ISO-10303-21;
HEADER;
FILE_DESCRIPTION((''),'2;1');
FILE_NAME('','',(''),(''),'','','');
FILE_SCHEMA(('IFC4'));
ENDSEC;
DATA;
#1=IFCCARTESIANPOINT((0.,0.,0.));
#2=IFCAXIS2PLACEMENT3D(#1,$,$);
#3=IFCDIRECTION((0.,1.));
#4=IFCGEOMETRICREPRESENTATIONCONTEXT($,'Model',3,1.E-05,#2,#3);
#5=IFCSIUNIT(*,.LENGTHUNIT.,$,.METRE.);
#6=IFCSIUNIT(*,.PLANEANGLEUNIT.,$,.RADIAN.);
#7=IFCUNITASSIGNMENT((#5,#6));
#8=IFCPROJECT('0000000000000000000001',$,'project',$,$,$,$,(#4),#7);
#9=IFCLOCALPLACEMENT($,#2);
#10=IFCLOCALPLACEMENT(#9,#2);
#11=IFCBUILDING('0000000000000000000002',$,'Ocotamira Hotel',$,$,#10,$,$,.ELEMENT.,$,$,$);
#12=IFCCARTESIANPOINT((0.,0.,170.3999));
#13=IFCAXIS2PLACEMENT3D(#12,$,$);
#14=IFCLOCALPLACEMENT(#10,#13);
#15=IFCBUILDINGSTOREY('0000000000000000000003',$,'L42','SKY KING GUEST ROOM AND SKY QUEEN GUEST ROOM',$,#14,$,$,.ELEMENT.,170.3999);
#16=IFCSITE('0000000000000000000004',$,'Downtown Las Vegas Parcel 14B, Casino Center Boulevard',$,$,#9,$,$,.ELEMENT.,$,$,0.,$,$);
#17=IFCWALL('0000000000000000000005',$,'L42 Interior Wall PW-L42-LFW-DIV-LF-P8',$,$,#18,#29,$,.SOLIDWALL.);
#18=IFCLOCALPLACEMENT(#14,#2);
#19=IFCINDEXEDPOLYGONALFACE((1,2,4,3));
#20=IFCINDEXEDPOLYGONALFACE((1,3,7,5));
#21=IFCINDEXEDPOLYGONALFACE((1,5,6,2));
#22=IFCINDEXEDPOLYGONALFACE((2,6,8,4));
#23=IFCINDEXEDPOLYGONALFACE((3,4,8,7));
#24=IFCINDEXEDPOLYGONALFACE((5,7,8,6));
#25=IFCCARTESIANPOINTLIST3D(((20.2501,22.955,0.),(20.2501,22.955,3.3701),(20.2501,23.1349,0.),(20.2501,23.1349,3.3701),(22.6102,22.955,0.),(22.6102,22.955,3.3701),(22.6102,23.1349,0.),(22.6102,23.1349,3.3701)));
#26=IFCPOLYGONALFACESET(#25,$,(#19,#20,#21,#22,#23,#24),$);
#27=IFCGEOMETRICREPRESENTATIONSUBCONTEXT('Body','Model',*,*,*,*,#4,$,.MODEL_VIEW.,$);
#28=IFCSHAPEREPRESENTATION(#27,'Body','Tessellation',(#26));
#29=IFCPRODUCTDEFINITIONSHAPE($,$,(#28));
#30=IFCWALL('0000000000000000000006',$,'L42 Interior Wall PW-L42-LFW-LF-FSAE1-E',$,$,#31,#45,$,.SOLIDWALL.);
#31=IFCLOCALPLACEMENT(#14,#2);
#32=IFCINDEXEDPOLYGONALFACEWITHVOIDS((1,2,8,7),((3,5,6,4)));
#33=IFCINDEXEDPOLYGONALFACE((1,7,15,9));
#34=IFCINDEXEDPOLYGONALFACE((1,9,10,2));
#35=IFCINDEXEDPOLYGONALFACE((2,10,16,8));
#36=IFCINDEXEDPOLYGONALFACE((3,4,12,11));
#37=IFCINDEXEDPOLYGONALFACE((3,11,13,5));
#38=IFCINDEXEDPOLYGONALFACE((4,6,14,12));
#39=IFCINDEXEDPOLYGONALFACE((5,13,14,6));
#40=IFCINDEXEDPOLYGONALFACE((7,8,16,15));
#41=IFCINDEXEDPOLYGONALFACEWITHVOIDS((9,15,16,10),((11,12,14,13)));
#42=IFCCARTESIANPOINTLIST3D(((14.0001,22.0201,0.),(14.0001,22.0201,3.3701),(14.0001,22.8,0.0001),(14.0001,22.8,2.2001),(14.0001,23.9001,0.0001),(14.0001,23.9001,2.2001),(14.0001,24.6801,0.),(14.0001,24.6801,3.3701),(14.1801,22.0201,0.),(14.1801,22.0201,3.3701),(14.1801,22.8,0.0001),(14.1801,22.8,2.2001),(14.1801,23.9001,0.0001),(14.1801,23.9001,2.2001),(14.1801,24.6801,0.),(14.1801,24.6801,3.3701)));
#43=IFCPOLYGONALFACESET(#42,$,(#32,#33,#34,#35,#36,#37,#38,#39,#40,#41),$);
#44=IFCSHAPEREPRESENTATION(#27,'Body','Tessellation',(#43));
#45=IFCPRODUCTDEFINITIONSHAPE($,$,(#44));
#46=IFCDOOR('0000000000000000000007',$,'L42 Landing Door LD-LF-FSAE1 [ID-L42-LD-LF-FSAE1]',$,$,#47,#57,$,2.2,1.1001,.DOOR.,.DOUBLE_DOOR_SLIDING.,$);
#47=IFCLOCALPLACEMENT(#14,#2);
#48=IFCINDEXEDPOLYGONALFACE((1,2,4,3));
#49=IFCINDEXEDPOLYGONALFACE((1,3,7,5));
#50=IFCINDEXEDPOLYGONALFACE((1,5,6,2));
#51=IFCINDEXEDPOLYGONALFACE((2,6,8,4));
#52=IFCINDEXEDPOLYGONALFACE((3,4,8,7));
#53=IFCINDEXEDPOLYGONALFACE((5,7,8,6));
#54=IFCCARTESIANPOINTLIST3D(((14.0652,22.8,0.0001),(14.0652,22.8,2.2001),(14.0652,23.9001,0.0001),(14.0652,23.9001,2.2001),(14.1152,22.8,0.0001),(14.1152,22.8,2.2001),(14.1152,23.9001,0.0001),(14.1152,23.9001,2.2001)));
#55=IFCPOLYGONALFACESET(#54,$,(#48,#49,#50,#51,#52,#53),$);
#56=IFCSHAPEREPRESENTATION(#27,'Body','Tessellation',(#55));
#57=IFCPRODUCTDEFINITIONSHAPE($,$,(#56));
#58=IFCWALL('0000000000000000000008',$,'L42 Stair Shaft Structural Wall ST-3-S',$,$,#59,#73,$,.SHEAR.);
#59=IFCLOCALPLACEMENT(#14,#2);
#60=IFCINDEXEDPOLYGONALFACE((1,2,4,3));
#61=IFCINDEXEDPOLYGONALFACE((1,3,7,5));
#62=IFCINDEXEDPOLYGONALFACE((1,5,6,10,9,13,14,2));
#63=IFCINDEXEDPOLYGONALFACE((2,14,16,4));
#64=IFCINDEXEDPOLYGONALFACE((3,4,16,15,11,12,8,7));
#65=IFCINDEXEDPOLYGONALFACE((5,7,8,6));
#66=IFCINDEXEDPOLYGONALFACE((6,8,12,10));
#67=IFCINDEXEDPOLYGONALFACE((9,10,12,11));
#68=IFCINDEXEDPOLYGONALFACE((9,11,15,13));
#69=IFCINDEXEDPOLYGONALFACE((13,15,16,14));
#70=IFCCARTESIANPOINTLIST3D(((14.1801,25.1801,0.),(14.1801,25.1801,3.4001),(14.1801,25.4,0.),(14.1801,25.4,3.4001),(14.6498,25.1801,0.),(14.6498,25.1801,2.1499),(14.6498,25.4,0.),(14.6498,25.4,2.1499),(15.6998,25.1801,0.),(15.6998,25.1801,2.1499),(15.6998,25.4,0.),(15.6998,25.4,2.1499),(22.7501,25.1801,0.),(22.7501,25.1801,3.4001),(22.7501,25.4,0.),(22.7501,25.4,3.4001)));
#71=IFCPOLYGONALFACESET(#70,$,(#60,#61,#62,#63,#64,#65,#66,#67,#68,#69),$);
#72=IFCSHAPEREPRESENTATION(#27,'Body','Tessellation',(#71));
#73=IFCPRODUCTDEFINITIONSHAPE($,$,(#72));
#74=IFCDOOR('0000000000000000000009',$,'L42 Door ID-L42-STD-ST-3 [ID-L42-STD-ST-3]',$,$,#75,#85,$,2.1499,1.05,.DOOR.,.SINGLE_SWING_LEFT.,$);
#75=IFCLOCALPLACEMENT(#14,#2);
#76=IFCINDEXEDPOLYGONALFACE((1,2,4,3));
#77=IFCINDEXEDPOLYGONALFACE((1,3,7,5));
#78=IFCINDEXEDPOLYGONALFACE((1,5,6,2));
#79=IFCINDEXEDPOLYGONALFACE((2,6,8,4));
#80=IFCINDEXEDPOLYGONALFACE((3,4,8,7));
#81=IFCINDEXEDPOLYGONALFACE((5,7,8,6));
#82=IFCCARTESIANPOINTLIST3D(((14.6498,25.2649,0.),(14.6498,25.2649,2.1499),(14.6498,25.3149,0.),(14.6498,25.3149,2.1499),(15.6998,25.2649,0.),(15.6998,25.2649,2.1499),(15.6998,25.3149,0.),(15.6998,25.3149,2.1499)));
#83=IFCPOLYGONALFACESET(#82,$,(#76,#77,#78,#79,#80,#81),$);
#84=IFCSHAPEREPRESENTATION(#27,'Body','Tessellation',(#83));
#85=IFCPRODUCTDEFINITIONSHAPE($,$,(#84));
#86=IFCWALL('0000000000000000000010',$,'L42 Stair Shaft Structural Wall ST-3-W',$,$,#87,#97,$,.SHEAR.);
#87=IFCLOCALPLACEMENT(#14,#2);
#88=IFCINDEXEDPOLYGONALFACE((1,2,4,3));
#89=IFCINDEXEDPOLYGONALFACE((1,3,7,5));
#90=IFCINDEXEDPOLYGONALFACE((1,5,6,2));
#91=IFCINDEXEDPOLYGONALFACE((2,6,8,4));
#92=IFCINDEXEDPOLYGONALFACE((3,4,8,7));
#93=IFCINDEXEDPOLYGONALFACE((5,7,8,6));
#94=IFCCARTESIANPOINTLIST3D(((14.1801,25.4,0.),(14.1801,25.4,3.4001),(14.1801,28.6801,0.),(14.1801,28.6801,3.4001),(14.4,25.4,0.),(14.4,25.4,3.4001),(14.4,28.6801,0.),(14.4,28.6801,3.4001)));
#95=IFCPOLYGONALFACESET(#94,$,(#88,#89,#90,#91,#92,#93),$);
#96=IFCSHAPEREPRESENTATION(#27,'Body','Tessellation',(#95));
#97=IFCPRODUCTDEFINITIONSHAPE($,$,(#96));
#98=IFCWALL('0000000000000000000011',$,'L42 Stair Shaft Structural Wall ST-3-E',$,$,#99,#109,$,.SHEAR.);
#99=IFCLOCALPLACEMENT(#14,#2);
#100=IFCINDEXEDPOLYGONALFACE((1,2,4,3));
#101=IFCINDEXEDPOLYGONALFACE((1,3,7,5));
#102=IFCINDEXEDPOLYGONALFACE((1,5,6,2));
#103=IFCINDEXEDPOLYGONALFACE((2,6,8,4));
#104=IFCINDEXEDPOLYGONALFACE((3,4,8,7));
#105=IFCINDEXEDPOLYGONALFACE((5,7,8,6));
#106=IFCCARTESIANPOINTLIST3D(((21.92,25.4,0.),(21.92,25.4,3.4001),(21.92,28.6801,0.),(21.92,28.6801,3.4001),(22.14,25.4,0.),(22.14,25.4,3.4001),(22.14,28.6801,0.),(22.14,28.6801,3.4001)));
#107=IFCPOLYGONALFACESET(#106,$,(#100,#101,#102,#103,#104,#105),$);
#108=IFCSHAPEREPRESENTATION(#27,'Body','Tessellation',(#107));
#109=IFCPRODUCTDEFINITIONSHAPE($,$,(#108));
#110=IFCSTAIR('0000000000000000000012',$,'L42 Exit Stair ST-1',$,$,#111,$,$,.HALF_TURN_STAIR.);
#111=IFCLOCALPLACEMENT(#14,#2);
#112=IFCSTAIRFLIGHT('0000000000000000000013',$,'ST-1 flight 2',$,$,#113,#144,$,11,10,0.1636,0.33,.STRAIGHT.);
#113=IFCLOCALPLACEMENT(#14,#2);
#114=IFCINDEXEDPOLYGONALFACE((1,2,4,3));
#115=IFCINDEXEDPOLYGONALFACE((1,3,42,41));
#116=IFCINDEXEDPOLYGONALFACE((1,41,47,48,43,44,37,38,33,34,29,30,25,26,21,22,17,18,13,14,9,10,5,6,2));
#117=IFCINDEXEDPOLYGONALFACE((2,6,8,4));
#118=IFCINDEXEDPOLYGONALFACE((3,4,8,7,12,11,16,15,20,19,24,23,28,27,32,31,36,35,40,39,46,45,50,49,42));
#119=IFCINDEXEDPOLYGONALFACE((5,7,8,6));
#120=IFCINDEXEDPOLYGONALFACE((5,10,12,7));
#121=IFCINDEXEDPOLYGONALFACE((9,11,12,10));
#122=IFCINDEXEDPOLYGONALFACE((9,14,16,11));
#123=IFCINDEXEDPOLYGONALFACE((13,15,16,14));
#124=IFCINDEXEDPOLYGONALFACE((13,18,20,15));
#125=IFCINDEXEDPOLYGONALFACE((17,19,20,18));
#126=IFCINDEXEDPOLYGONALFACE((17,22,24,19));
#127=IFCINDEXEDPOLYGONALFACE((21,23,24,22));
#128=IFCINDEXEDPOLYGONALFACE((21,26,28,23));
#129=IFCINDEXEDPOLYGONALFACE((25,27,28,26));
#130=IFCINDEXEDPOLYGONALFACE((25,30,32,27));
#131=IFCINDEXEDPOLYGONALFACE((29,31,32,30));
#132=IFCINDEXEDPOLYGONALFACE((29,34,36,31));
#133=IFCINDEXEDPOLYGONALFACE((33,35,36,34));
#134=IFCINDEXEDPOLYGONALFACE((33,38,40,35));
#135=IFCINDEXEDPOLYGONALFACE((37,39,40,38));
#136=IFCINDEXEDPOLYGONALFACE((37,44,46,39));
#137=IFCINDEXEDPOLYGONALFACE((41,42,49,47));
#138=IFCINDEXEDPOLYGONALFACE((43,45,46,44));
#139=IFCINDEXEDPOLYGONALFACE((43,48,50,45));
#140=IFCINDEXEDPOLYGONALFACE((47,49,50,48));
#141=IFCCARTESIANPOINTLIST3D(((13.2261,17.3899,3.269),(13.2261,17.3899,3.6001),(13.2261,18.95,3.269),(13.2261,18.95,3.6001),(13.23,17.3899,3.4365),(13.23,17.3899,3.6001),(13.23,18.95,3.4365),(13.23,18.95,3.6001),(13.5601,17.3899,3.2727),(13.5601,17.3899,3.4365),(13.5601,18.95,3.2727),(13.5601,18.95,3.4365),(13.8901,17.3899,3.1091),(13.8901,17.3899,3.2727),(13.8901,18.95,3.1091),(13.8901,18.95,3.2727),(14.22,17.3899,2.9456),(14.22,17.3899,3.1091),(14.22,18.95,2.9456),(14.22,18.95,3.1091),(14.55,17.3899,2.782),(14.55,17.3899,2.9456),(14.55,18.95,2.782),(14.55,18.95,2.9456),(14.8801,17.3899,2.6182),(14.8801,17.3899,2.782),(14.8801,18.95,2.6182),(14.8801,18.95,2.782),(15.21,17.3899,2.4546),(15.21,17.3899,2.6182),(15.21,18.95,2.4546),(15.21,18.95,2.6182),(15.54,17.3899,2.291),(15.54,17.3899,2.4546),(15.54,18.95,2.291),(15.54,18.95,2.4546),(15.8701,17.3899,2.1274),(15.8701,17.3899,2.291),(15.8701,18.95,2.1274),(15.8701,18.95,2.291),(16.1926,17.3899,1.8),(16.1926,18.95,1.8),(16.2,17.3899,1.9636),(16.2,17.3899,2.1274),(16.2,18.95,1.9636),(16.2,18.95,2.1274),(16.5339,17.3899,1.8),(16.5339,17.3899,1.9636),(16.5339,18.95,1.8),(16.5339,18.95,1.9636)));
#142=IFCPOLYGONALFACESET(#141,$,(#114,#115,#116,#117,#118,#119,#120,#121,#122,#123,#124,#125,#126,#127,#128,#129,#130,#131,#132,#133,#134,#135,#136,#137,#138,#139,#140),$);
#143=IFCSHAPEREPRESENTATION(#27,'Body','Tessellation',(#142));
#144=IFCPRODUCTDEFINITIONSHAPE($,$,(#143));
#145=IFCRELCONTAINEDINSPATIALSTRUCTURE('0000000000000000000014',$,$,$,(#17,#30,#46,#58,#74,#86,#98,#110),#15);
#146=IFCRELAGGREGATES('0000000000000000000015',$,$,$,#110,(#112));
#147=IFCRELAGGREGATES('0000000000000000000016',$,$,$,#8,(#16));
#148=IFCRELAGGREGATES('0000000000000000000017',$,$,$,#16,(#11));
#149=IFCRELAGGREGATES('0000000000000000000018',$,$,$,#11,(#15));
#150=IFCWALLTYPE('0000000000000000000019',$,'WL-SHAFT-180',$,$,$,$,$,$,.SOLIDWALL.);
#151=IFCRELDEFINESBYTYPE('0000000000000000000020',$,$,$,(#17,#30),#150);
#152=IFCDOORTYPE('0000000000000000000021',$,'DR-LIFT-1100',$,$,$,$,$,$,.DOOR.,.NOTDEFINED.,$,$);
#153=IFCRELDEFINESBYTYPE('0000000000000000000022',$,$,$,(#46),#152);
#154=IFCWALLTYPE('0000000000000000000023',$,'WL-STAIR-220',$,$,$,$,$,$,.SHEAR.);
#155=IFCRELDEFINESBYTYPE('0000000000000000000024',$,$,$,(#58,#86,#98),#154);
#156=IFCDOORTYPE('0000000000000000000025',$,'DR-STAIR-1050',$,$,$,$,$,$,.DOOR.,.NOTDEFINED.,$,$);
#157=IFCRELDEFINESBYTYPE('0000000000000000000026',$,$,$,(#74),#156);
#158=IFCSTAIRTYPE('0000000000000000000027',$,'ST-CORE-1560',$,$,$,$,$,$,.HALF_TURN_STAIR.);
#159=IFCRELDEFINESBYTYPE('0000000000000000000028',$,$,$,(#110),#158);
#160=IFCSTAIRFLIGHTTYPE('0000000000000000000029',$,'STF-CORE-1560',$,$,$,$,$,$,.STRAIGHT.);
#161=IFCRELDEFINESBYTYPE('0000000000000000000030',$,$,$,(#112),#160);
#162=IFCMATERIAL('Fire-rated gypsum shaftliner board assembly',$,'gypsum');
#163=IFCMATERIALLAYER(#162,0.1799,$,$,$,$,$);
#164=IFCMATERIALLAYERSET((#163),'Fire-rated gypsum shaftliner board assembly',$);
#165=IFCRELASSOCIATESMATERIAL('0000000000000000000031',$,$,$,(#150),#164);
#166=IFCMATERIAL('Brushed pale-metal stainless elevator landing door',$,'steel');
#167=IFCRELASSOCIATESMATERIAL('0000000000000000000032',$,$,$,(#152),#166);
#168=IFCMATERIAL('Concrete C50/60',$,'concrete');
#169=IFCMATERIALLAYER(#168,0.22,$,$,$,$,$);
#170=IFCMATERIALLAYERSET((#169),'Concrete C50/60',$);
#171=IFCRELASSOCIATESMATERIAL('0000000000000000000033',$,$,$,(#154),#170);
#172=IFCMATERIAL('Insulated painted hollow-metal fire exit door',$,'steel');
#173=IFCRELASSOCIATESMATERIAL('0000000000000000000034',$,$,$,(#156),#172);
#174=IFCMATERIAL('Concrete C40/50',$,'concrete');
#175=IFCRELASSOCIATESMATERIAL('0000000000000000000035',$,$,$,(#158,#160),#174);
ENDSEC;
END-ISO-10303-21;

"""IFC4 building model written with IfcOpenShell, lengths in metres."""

from ifc_helpers import new_model, si_unit, direction, frame, frame_2d, origin, place, context, subcontext, project, spatial, polyline, rectangle, outline, extrude, source, transform, mapped, material, layer, layer_set, type_object, element, fill, aggregate, save


model = new_model("IFC4")

# Units and contexts
model_context = context("Model", 3, precision=1e-05, world=origin(), true_north=direction((0.0, 1.0)))
body_context = subcontext(model_context, "Body", "Model", "MODEL_VIEW")
ifc_project = project(units=[si_unit("LENGTHUNIT", "METRE"), si_unit("PLANEANGLEUNIT", "RADIAN")], contexts=[model_context])

# Site, building, storey
site_placement = place(None, origin())
site = spatial("IfcSite", under=ifc_project, at=site_placement, Name="Downtown Las Vegas Parcel 14B, Casino Center Boulevard", CompositionType="ELEMENT", RefElevation=0.0)
building_placement = place(site_placement, origin())
building = spatial("IfcBuilding", under=site, at=building_placement, Name="Ocotamira Hotel", CompositionType="ELEMENT")
storey_placement = place(building_placement, frame((0.0, 0.0, 170.3999)))
storey = spatial("IfcBuildingStorey", under=building, at=storey_placement, Name="L42", Description="SKY KING GUEST ROOM AND SKY QUEEN GUEST ROOM", CompositionType="ELEMENT", Elevation=170.3999)

# Shared definitions
ifc_material_1 = material(Name="Fire-rated gypsum shaftliner board assembly", Category="gypsum")
ifc_layer_1 = layer(ifc_material_1, 0.1799)
ifc_layer_set_1 = layer_set([ifc_layer_1], Name="Fire-rated gypsum shaftliner board assembly")
wall_type_1 = type_object("IfcWallType", Name="WL-SHAFT-180", PredefinedType="SOLIDWALL", material=ifc_layer_set_1)
ifc_material_2 = material(Name="Brushed pale-metal stainless elevator landing door", Category="steel")
door_type_1 = type_object("IfcDoorType", Name="DR-LIFT-1100", OperationType="NOTDEFINED", PredefinedType="DOOR", material=ifc_material_2)
shared_shape_1 = source(origin(), body_context, "Body", "SweptSolid", [
    extrude(rectangle(XDim=1.1001, YDim=2.2, at=frame_2d((0.55, 1.1001))), frame((0.0, 0.0249, 0.0), z_axis=(0.0, -1.0, 0.0), x_axis=(1.0, 0.0, 0.0)), (0.0, 0.0, 1.0), 0.05),
])

# Wall
wall_1_placement = place(storey_placement, frame((20.25, 23.0449, 0.0), z_axis=(0.0, 0.0, 1.0), x_axis=(1.0, 0.0, 0.0)))
element("IfcWall", 1, at=wall_1_placement, inside=storey, type_object=wall_type_1, Name="L42 Interior Wall PW-L42-LFW-DIV-LF-P8", PredefinedType="SOLIDWALL", context=body_context, shape_type="SweptSolid", body=[
    extrude(rectangle(XDim=2.3601, YDim=0.1799, at=frame_2d((1.1802, 0.0))), origin(), (0.0, 0.0, 1.0), 3.3701),
])

# Walls, openings, doors
wall_2_placement = place(storey_placement, frame((14.0901, 22.02, 0.0), z_axis=(0.0, 0.0, 1.0), x_axis=(0.0, 1.0, 0.0)))
wall_2 = element("IfcWall", 2, at=wall_2_placement, inside=storey, type_object=wall_type_1, Name="L42 Interior Wall PW-L42-LFW-LF-FSAE1-E", PredefinedType="SOLIDWALL", context=body_context, shape_type="SweptSolid", body=[
    extrude(rectangle(XDim=2.6599, YDim=0.1799, at=frame_2d((1.3301, 0.0))), origin(), (0.0, 0.0, 1.0), 3.3701),
])
opening_1_placement = place(wall_2_placement, frame((0.78, 0.0, 0.0)))
opening_1 = element("IfcOpeningElement", 3, at=opening_1_placement, cuts=wall_2, PredefinedType="OPENING", context=body_context, shape_type="SweptSolid", body=[
    extrude(rectangle(XDim=1.1001, YDim=2.2, at=frame_2d((0.55, 1.1001))), frame((0.0, 0.1001, 0.0), z_axis=(0.0, -1.0, 0.0), x_axis=(1.0, 0.0, 0.0)), (0.0, 0.0, 1.0), 0.2),
])
door_1_placement = place(opening_1_placement, origin())
door_1 = element("IfcDoor", 4, at=door_1_placement, inside=storey, type_object=door_type_1, Name="L42 Landing Door LD-LF-FSAE1 [ID-L42-LD-LF-FSAE1]", OperationType="DOUBLE_DOOR_SLIDING", OverallHeight=2.2, OverallWidth=1.1001, PredefinedType="DOOR", context=body_context, shape_type="MappedRepresentation", body=[
    mapped(shared_shape_1, transform((0.0, 0.0, 0.0), scale=1.0)),
])
fill(opening_1, door_1)
ifc_material_3 = material(Name="Concrete C50/60", Category="concrete")
ifc_layer_2 = layer(ifc_material_3, 0.22)
ifc_layer_set_2 = layer_set([ifc_layer_2], Name="Concrete C50/60")
wall_type_2 = type_object("IfcWallType", Name="WL-STAIR-220", PredefinedType="SHEAR", material=ifc_layer_set_2)
wall_3_placement = place(storey_placement, frame((14.1799, 25.29, 0.0), z_axis=(0.0, 0.0, 1.0), x_axis=(1.0, 0.0, 0.0)))
wall_3 = element("IfcWall", 5, at=wall_3_placement, inside=storey, type_object=wall_type_2, Name="L42 Stair Shaft Structural Wall ST-3-S", PredefinedType="SHEAR", context=body_context, shape_type="SweptSolid", body=[
    extrude(rectangle(XDim=8.5701, YDim=0.22, at=frame_2d((4.2852, 0.0))), origin(), (0.0, 0.0, 1.0), 3.4001),
])
opening_2_placement = place(wall_3_placement, frame((0.47, 0.0, 0.0)))
opening_2 = element("IfcOpeningElement", 6, at=opening_2_placement, cuts=wall_3, PredefinedType="OPENING", context=body_context, shape_type="SweptSolid", body=[
    extrude(rectangle(XDim=1.05, YDim=2.1499, at=frame_2d((0.5249, 1.075))), frame((0.0, 0.1201, 0.0), z_axis=(0.0, -1.0, 0.0), x_axis=(1.0, 0.0, 0.0)), (0.0, 0.0, 1.0), 0.24),
])
ifc_material_4 = material(Name="Insulated painted hollow-metal fire exit door", Category="steel")
door_type_2 = type_object("IfcDoorType", Name="DR-STAIR-1050", OperationType="NOTDEFINED", PredefinedType="DOOR", material=ifc_material_4)
shared_shape_2 = source(origin(), body_context, "Body", "SweptSolid", [
    extrude(rectangle(XDim=1.05, YDim=2.1499, at=frame_2d((0.5249, 1.075))), frame((0.0, 0.0249, 0.0), z_axis=(0.0, -1.0, 0.0), x_axis=(1.0, 0.0, 0.0)), (0.0, 0.0, 1.0), 0.05),
])
door_2_placement = place(opening_2_placement, origin())
door_2 = element("IfcDoor", 7, at=door_2_placement, inside=storey, type_object=door_type_2, Name="L42 Door ID-L42-STD-ST-3 [ID-L42-STD-ST-3]", OperationType="SINGLE_SWING_LEFT", OverallHeight=2.1499, OverallWidth=1.05, PredefinedType="DOOR", context=body_context, shape_type="MappedRepresentation", body=[
    mapped(shared_shape_2, transform((0.0, 0.0, 0.0), scale=1.0)),
])
fill(opening_2, door_2)

# Walls
for number, where, z_axis, x_axis, name in (
    (8, (14.29, 25.3999, 0.0), (0.0, 0.0, 1.0), (0.0, 1.0, 0.0), "L42 Stair Shaft Structural Wall ST-3-W"),
    (9, (22.03, 25.3999, 0.0), (0.0, 0.0, 1.0), (0.0, 1.0, 0.0), "L42 Stair Shaft Structural Wall ST-3-E"),
):
    element("IfcWall", number, at=place(storey_placement, frame(where, z_axis=z_axis, x_axis=x_axis)), inside=storey, type_object=wall_type_2, Name=name, PredefinedType="SHEAR", context=body_context, shape_type="SweptSolid", body=[
        extrude(rectangle(XDim=3.28, YDim=0.22, at=frame_2d((1.6401, 0.0))), origin(), (0.0, 0.0, 1.0), 3.4001),
    ])

# Stair, stair flight
ifc_material_5 = material(Name="Concrete C40/50", Category="concrete")
stair_type = type_object("IfcStairType", Name="ST-CORE-1560", PredefinedType="HALF_TURN_STAIR", material=ifc_material_5)
stair_placement = place(storey_placement, origin())
stair = element("IfcStair", 10, at=stair_placement, inside=storey, type_object=stair_type, Name="L42 Exit Stair ST-1", PredefinedType="HALF_TURN_STAIR")
stair_flight_type = type_object("IfcStairFlightType", Name="STF-CORE-1560", PredefinedType="STRAIGHT", material=ifc_material_5)
shared_shape_3 = source(origin(), body_context, "Body", "SweptSolid", [
    extrude(outline(polyline([(-0.0039, 0.0), (-0.0039, 0.1636), (0.3301, 0.1636), (0.3301, 0.3274), (0.6599, 0.3274), (0.6599, 0.491), (0.99, 0.491), (0.99, 0.6545), (1.3201, 0.6545), (1.3201, 0.8181), (1.6499, 0.8181), (1.6499, 0.9819), (1.98, 0.9819), (1.98, 1.1455), (2.3101, 1.1455), (2.3101, 1.3091), (2.6399, 1.3091), (2.6399, 1.4727), (2.97, 1.4727), (2.97, 1.6365), (3.3, 1.6365), (3.3, 1.8), (3.304, 1.8), (3.304, 1.469), (0.3374, 0.0), (-0.0039, 0.0)])), frame((0.0, 0.78, 0.0), z_axis=(0.0, -1.0, 0.0), x_axis=(1.0, 0.0, 0.0)), (0.0, 0.0, 1.0), 1.5601),
])
stair_flight_placement = place(storey_placement, frame((16.53, 18.1699, 1.8), z_axis=(0.0, 0.0, 1.0), x_axis=(-1.0, 0.0, 0.0)))
stair_flight = element("IfcStairFlight", 11, at=stair_flight_placement, type_object=stair_flight_type, Name="ST-1 flight 2", NumberOfRisers=11, NumberOfTreads=10, PredefinedType="STRAIGHT", RiserHeight=0.1636, TreadLength=0.33, context=body_context, shape_type="MappedRepresentation", body=[
    mapped(shared_shape_3, transform((0.0, 0.0, 0.0), scale=1.0)),
])
aggregate(stair, [stair_flight])

save(model, "model.ifc")
